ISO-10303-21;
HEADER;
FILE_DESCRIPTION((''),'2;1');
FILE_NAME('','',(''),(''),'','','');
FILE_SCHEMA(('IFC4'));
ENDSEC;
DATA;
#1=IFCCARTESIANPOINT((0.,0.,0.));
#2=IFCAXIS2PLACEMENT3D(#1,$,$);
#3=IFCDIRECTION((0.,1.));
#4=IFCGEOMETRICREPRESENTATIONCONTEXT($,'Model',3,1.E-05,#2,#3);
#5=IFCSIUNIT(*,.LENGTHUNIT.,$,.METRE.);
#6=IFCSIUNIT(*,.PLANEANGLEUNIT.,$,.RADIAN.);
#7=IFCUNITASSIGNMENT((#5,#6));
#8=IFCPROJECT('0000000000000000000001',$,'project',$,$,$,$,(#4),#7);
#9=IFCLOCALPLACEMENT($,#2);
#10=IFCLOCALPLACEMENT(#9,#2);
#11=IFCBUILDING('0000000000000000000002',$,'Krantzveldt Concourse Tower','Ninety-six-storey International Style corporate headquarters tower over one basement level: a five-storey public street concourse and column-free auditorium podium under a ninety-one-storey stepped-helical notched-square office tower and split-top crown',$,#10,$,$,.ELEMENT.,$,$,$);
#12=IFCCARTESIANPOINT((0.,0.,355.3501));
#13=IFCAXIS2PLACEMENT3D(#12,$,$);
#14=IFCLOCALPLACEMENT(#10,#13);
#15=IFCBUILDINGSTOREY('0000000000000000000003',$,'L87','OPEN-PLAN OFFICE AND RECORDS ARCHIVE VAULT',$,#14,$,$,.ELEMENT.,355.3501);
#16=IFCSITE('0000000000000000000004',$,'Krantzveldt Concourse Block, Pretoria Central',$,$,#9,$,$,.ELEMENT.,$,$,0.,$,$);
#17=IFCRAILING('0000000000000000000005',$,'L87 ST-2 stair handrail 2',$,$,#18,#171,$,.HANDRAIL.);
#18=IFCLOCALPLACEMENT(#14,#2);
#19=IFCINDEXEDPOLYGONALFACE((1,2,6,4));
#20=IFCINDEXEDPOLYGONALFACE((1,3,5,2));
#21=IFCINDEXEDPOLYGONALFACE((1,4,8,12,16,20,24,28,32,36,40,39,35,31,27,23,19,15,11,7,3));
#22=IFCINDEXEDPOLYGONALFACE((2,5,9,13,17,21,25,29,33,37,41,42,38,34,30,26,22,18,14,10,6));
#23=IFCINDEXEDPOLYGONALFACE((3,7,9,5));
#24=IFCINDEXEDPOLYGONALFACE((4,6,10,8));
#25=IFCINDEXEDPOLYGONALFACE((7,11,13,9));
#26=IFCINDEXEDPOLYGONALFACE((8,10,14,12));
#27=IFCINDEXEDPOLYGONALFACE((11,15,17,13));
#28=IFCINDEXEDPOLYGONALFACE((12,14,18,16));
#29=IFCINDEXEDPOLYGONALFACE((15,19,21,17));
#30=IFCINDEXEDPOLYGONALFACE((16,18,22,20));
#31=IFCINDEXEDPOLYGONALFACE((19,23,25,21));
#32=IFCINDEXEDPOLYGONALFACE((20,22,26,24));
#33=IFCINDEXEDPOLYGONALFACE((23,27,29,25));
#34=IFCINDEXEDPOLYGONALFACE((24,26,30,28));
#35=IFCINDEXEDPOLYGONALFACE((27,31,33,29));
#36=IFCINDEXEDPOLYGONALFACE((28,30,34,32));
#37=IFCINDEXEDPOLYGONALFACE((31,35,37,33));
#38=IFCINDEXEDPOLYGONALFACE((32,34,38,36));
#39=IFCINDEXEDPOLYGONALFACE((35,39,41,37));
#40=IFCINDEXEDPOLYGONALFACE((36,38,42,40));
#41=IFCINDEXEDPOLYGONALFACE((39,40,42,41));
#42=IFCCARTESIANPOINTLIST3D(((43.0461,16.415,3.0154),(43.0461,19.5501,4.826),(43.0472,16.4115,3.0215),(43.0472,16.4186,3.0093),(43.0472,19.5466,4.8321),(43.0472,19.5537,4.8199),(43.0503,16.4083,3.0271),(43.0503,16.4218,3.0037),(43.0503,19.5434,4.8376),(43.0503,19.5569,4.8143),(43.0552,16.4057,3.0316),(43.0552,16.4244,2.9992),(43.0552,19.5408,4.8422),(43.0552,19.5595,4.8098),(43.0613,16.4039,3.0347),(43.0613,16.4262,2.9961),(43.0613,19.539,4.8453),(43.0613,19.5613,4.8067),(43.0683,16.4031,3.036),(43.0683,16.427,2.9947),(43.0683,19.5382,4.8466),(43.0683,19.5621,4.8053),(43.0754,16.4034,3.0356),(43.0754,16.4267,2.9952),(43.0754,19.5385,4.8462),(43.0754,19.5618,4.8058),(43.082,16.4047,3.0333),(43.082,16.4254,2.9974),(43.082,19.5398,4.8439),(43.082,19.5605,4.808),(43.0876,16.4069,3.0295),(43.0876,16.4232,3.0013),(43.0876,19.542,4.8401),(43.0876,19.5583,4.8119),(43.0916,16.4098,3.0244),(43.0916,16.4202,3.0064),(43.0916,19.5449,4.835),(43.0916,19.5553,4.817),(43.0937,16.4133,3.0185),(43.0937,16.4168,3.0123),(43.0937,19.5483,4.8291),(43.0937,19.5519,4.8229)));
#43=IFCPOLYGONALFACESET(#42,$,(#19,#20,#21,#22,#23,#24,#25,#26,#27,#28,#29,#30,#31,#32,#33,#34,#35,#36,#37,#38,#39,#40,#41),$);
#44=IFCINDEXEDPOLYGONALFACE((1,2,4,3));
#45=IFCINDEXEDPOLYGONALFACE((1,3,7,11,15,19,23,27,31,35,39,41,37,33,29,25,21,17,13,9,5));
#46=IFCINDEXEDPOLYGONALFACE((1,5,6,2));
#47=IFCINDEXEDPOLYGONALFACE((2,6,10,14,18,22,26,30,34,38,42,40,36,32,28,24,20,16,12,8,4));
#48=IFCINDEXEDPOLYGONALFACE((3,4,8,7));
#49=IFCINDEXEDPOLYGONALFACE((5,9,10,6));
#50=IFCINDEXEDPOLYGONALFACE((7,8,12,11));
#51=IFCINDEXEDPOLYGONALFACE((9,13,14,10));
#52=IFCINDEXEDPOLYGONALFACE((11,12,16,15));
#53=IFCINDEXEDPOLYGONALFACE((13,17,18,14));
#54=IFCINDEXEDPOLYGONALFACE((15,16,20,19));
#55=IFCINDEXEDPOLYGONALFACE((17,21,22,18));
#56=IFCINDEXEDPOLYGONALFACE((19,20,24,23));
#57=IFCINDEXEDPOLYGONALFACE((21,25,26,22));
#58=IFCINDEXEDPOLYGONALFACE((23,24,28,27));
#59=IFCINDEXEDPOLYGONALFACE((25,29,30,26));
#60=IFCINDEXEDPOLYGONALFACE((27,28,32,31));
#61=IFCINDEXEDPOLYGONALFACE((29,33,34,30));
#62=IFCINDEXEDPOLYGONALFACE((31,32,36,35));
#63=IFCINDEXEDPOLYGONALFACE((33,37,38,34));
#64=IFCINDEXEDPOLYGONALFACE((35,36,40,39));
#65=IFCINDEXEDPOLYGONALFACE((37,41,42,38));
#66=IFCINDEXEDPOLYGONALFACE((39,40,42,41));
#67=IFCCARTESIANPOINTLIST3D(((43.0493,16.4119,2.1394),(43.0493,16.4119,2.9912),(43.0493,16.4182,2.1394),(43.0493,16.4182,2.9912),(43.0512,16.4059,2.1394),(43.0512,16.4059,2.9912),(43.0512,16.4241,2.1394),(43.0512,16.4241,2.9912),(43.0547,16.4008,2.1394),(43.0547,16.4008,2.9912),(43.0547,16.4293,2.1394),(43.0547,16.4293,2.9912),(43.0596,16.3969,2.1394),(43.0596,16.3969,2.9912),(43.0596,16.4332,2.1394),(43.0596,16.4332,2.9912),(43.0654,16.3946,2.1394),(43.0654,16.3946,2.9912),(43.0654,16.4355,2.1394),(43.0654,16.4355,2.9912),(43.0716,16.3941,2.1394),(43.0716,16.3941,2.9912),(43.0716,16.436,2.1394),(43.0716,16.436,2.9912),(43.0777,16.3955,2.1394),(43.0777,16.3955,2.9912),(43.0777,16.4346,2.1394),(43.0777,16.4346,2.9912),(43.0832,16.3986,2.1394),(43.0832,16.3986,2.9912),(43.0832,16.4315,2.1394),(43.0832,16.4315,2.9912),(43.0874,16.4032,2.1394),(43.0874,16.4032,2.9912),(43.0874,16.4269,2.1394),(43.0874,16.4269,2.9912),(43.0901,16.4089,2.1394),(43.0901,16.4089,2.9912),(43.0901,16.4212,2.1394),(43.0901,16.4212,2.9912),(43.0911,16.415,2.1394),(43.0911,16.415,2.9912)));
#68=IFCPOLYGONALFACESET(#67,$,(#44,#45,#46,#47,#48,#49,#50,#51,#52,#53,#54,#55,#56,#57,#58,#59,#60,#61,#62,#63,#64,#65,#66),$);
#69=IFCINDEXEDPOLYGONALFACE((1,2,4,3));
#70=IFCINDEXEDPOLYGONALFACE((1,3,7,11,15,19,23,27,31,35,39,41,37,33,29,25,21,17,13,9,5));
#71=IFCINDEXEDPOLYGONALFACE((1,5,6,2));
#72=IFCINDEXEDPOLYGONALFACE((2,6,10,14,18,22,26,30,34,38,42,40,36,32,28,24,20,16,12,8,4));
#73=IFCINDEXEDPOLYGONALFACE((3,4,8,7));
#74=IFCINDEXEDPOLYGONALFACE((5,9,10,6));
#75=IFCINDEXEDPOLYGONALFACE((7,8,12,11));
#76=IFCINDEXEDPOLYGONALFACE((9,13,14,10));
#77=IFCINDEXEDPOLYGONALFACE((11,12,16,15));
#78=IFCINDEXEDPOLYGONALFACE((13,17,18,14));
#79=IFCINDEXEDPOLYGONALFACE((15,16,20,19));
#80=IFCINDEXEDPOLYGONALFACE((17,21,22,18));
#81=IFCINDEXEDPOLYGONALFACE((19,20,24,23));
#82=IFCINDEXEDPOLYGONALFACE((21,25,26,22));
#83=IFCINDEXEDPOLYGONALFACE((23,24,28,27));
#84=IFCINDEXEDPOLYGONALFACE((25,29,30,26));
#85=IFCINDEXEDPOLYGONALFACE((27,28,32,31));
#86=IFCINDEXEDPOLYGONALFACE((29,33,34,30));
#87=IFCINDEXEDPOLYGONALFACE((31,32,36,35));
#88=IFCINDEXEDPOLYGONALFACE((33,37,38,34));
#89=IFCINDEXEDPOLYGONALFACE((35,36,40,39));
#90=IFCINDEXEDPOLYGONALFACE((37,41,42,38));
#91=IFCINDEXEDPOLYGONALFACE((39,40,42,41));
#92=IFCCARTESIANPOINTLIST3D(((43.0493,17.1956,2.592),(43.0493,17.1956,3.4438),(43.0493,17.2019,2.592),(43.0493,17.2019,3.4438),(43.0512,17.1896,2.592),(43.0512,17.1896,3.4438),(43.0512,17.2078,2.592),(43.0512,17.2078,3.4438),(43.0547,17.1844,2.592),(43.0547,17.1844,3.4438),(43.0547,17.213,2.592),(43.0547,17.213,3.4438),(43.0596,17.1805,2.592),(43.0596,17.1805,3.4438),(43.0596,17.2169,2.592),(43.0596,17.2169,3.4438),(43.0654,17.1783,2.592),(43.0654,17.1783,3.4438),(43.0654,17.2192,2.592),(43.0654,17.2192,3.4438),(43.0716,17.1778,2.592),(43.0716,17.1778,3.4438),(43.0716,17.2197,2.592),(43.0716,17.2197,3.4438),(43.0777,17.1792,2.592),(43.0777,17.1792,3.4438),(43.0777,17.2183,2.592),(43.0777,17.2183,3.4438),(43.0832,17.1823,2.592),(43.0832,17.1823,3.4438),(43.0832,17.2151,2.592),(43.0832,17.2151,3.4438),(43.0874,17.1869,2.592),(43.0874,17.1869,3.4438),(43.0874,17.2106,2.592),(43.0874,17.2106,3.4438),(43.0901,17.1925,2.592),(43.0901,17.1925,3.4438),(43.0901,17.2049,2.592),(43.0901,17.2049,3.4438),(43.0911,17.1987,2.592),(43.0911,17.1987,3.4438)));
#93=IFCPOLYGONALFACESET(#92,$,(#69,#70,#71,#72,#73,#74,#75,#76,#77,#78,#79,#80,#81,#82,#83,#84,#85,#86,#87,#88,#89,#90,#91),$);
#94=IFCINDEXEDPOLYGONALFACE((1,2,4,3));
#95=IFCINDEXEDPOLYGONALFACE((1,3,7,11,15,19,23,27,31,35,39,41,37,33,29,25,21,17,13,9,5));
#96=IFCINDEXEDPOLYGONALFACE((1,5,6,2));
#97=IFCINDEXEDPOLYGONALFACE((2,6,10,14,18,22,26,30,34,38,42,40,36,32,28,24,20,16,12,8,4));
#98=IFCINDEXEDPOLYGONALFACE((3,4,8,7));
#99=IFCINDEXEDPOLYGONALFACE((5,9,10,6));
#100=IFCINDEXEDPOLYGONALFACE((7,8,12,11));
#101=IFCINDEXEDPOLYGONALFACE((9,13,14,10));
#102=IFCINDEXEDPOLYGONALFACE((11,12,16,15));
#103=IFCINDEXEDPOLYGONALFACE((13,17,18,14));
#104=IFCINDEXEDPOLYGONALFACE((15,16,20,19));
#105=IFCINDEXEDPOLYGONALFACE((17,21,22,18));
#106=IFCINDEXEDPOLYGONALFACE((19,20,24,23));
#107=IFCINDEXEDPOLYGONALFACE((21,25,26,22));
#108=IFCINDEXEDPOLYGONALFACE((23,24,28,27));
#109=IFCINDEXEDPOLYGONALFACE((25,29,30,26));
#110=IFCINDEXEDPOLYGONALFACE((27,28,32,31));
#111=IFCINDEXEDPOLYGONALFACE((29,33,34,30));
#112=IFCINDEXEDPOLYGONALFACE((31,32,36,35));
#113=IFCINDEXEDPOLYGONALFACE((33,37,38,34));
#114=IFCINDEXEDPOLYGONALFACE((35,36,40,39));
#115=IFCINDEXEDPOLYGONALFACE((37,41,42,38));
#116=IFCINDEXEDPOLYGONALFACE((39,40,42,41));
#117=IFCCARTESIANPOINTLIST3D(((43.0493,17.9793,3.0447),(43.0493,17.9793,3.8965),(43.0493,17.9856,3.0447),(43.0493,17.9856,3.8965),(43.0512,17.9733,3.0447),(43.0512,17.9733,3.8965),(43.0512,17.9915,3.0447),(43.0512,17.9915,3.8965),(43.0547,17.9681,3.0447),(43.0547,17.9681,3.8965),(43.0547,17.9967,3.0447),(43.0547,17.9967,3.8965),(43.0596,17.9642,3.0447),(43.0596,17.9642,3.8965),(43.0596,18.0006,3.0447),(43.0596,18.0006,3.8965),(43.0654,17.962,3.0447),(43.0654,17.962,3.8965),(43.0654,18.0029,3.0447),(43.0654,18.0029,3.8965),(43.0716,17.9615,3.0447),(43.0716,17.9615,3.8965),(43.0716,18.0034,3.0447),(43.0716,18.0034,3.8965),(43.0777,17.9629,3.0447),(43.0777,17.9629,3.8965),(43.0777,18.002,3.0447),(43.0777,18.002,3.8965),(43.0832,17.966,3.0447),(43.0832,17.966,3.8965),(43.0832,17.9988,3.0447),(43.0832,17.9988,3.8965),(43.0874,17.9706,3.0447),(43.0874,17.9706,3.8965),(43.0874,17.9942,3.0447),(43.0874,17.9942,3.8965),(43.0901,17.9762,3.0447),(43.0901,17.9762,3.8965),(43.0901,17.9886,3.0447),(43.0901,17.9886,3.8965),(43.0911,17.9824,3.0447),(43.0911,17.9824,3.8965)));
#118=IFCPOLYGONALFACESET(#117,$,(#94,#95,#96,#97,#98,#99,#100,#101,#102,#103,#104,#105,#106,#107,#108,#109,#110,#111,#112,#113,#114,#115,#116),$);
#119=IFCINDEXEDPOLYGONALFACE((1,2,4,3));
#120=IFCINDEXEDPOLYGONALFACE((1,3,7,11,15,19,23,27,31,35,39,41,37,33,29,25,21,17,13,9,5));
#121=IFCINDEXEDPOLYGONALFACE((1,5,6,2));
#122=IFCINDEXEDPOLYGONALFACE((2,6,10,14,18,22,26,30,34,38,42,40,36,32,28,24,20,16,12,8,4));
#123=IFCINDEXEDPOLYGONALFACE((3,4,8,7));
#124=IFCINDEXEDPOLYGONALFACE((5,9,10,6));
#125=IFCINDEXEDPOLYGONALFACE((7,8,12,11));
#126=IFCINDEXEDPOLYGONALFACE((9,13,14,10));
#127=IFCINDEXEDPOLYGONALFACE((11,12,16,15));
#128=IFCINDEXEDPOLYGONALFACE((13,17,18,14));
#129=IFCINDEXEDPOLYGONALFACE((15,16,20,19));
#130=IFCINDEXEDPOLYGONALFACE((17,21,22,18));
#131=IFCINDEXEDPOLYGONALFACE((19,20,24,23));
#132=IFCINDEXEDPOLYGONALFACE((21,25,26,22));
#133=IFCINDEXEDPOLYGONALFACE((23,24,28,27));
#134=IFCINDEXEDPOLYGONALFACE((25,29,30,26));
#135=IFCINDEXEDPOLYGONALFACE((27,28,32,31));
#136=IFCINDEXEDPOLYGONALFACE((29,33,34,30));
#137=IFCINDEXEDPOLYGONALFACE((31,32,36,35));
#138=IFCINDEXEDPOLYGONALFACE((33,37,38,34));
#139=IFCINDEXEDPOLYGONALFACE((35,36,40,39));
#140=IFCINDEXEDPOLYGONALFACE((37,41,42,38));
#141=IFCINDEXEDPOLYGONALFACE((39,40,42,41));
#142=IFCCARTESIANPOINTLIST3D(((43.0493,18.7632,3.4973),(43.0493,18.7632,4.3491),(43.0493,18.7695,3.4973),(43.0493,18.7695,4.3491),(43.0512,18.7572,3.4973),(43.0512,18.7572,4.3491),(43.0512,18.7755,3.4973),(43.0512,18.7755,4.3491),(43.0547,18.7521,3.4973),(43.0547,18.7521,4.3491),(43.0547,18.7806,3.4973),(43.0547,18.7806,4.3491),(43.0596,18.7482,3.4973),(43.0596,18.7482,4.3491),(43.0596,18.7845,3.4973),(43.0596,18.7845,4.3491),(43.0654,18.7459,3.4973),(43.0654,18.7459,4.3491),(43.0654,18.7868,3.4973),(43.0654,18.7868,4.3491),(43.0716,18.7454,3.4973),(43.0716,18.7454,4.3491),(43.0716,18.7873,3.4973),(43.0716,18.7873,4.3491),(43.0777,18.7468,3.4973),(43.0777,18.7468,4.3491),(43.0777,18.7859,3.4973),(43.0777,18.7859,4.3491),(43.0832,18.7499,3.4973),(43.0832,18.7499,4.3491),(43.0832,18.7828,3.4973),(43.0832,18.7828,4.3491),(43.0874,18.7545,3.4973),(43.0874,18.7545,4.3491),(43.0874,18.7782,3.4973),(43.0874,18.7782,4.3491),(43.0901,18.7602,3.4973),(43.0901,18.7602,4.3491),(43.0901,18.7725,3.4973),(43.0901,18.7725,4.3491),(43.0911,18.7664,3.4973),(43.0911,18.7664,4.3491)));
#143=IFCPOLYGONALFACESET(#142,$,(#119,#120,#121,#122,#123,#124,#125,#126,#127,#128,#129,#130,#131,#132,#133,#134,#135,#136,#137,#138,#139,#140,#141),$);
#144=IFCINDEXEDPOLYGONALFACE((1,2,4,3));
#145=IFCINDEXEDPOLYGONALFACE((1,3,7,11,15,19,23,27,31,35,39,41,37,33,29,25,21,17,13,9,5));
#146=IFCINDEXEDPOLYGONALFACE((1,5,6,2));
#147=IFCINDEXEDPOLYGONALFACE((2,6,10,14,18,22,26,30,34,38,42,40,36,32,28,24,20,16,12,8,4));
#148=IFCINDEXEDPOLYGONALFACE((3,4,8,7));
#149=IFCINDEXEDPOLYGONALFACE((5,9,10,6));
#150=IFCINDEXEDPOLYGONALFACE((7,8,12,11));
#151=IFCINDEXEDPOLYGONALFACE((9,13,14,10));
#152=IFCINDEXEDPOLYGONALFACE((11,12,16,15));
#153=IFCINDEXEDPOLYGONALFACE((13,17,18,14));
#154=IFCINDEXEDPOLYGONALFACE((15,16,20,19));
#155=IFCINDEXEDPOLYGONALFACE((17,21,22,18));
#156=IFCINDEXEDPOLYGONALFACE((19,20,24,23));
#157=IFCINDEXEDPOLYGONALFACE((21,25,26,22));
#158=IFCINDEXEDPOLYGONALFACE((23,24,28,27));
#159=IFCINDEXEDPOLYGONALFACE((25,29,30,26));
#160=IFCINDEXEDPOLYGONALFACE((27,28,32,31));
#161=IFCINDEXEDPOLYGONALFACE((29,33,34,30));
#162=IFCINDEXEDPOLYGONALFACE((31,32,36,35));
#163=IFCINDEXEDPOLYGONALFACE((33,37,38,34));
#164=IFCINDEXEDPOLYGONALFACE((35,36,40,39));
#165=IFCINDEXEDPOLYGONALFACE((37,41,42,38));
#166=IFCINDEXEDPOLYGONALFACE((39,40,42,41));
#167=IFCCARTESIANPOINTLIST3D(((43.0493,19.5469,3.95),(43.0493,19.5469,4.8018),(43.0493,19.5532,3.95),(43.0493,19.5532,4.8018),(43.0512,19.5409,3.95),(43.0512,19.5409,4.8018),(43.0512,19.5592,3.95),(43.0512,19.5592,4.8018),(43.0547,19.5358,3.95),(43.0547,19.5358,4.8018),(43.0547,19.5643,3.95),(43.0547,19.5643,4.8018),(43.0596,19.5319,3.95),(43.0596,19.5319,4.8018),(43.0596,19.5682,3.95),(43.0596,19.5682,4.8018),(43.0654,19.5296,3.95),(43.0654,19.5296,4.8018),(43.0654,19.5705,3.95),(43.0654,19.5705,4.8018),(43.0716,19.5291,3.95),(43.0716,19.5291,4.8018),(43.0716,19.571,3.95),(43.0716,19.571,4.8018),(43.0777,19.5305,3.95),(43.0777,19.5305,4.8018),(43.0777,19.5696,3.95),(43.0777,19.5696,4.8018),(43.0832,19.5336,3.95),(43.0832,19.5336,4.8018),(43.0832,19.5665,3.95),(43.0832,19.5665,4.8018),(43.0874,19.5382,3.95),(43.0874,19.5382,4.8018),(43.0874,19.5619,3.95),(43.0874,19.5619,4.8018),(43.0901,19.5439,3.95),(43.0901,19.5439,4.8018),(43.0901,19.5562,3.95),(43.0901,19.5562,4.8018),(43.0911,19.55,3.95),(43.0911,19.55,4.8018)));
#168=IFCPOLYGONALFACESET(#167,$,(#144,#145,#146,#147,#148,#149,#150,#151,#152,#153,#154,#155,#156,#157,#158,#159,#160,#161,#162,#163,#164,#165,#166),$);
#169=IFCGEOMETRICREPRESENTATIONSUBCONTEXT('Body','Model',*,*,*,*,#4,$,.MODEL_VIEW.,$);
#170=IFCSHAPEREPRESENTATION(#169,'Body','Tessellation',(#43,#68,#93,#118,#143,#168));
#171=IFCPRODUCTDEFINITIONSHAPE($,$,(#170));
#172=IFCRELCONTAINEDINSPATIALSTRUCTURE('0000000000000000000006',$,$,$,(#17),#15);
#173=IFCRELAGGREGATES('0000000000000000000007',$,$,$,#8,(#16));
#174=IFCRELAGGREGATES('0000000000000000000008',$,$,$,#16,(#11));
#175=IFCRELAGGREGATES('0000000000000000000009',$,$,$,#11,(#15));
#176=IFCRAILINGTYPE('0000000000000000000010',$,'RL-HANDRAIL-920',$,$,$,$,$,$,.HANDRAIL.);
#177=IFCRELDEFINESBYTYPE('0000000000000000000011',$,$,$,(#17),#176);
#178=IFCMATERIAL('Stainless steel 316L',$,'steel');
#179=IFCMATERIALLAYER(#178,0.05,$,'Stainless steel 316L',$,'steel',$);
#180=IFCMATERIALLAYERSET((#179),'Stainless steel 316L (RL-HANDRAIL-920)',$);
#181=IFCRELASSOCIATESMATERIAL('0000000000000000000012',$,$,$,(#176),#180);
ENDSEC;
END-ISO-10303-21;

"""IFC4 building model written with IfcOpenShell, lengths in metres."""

from ifc_helpers import new_model, si_unit, direction, frame, origin, origin_2d, place, context, subcontext, project, spatial, circle, extrude, material, layer, layer_set, type_object, element, save


model = new_model("IFC4")

# Units and contexts
model_context = context("Model", 3, precision=1e-05, world=origin(), true_north=direction((0.0, 1.0)))
body_context = subcontext(model_context, "Body", "Model", "MODEL_VIEW")
ifc_project = project(units=[si_unit("LENGTHUNIT", "METRE"), si_unit("PLANEANGLEUNIT", "RADIAN")], contexts=[model_context])

# Site, building, storey
site_placement = place(None, origin())
site = spatial("IfcSite", under=ifc_project, at=site_placement, Name="Krantzveldt Concourse Block, Pretoria Central", CompositionType="ELEMENT", RefElevation=0.0)
building_placement = place(site_placement, origin())
building = spatial("IfcBuilding", under=site, at=building_placement, Name="Krantzveldt Concourse Tower", Description="Ninety-six-storey International Style corporate headquarters tower over one basement level: a five-storey public street concourse and column-free auditorium podium under a ninety-one-storey stepped-helical notched-square office tower and split-top crown", CompositionType="ELEMENT")
storey_placement = place(building_placement, frame((0.0, 0.0, 355.3501)))
storey = spatial("IfcBuildingStorey", under=building, at=storey_placement, Name="L87", Description="OPEN-PLAN OFFICE AND RECORDS ARCHIVE VAULT", CompositionType="ELEMENT", Elevation=355.3501)

# Railing
ifc_material_1 = material(Name="Stainless steel 316L", Category="steel")
ifc_layer_1 = layer(ifc_material_1, 0.05, Name="Stainless steel 316L", Category="steel")
ifc_layer_set_1 = layer_set([ifc_layer_1], Name="Stainless steel 316L (RL-HANDRAIL-920)")
railing_type_1 = type_object("IfcRailingType", Name="RL-HANDRAIL-920", PredefinedType="HANDRAIL", material=ifc_layer_set_1)
railing_1_placement = place(storey_placement, frame((43.0701, 16.415, 2.1394)))
element("IfcRailing", 1, at=railing_1_placement, inside=storey, type_object=railing_type_1, Name="L87 ST-2 stair handrail 2", PredefinedType="HANDRAIL", context=body_context, shape_type="SweptSolid", body=[
    extrude(circle(Radius=0.0239, at=origin_2d()), frame((0.0, 0.0, 0.876), z_axis=(0.0, 0.86596, 0.500114), x_axis=(-1.0, 0.0, 0.0)), (0.0, 0.0, 1.0), 3.6204),
    extrude(circle(Radius=0.021, at=origin_2d()), origin(), (0.0, 0.0, 1.0), 0.8518),
    extrude(circle(Radius=0.021, at=origin_2d()), frame((0.0, 0.7837, 0.4526)), (0.0, 0.0, 1.0), 0.8518),
    extrude(circle(Radius=0.021, at=origin_2d()), frame((0.0, 1.5674, 0.9053)), (0.0, 0.0, 1.0), 0.8518),
    extrude(circle(Radius=0.021, at=origin_2d()), frame((0.0, 2.3513, 1.3579)), (0.0, 0.0, 1.0), 0.8518),
    extrude(circle(Radius=0.021, at=origin_2d()), frame((0.0, 3.135, 1.8105)), (0.0, 0.0, 1.0), 0.8518),
])

save(model, "model.ifc")
